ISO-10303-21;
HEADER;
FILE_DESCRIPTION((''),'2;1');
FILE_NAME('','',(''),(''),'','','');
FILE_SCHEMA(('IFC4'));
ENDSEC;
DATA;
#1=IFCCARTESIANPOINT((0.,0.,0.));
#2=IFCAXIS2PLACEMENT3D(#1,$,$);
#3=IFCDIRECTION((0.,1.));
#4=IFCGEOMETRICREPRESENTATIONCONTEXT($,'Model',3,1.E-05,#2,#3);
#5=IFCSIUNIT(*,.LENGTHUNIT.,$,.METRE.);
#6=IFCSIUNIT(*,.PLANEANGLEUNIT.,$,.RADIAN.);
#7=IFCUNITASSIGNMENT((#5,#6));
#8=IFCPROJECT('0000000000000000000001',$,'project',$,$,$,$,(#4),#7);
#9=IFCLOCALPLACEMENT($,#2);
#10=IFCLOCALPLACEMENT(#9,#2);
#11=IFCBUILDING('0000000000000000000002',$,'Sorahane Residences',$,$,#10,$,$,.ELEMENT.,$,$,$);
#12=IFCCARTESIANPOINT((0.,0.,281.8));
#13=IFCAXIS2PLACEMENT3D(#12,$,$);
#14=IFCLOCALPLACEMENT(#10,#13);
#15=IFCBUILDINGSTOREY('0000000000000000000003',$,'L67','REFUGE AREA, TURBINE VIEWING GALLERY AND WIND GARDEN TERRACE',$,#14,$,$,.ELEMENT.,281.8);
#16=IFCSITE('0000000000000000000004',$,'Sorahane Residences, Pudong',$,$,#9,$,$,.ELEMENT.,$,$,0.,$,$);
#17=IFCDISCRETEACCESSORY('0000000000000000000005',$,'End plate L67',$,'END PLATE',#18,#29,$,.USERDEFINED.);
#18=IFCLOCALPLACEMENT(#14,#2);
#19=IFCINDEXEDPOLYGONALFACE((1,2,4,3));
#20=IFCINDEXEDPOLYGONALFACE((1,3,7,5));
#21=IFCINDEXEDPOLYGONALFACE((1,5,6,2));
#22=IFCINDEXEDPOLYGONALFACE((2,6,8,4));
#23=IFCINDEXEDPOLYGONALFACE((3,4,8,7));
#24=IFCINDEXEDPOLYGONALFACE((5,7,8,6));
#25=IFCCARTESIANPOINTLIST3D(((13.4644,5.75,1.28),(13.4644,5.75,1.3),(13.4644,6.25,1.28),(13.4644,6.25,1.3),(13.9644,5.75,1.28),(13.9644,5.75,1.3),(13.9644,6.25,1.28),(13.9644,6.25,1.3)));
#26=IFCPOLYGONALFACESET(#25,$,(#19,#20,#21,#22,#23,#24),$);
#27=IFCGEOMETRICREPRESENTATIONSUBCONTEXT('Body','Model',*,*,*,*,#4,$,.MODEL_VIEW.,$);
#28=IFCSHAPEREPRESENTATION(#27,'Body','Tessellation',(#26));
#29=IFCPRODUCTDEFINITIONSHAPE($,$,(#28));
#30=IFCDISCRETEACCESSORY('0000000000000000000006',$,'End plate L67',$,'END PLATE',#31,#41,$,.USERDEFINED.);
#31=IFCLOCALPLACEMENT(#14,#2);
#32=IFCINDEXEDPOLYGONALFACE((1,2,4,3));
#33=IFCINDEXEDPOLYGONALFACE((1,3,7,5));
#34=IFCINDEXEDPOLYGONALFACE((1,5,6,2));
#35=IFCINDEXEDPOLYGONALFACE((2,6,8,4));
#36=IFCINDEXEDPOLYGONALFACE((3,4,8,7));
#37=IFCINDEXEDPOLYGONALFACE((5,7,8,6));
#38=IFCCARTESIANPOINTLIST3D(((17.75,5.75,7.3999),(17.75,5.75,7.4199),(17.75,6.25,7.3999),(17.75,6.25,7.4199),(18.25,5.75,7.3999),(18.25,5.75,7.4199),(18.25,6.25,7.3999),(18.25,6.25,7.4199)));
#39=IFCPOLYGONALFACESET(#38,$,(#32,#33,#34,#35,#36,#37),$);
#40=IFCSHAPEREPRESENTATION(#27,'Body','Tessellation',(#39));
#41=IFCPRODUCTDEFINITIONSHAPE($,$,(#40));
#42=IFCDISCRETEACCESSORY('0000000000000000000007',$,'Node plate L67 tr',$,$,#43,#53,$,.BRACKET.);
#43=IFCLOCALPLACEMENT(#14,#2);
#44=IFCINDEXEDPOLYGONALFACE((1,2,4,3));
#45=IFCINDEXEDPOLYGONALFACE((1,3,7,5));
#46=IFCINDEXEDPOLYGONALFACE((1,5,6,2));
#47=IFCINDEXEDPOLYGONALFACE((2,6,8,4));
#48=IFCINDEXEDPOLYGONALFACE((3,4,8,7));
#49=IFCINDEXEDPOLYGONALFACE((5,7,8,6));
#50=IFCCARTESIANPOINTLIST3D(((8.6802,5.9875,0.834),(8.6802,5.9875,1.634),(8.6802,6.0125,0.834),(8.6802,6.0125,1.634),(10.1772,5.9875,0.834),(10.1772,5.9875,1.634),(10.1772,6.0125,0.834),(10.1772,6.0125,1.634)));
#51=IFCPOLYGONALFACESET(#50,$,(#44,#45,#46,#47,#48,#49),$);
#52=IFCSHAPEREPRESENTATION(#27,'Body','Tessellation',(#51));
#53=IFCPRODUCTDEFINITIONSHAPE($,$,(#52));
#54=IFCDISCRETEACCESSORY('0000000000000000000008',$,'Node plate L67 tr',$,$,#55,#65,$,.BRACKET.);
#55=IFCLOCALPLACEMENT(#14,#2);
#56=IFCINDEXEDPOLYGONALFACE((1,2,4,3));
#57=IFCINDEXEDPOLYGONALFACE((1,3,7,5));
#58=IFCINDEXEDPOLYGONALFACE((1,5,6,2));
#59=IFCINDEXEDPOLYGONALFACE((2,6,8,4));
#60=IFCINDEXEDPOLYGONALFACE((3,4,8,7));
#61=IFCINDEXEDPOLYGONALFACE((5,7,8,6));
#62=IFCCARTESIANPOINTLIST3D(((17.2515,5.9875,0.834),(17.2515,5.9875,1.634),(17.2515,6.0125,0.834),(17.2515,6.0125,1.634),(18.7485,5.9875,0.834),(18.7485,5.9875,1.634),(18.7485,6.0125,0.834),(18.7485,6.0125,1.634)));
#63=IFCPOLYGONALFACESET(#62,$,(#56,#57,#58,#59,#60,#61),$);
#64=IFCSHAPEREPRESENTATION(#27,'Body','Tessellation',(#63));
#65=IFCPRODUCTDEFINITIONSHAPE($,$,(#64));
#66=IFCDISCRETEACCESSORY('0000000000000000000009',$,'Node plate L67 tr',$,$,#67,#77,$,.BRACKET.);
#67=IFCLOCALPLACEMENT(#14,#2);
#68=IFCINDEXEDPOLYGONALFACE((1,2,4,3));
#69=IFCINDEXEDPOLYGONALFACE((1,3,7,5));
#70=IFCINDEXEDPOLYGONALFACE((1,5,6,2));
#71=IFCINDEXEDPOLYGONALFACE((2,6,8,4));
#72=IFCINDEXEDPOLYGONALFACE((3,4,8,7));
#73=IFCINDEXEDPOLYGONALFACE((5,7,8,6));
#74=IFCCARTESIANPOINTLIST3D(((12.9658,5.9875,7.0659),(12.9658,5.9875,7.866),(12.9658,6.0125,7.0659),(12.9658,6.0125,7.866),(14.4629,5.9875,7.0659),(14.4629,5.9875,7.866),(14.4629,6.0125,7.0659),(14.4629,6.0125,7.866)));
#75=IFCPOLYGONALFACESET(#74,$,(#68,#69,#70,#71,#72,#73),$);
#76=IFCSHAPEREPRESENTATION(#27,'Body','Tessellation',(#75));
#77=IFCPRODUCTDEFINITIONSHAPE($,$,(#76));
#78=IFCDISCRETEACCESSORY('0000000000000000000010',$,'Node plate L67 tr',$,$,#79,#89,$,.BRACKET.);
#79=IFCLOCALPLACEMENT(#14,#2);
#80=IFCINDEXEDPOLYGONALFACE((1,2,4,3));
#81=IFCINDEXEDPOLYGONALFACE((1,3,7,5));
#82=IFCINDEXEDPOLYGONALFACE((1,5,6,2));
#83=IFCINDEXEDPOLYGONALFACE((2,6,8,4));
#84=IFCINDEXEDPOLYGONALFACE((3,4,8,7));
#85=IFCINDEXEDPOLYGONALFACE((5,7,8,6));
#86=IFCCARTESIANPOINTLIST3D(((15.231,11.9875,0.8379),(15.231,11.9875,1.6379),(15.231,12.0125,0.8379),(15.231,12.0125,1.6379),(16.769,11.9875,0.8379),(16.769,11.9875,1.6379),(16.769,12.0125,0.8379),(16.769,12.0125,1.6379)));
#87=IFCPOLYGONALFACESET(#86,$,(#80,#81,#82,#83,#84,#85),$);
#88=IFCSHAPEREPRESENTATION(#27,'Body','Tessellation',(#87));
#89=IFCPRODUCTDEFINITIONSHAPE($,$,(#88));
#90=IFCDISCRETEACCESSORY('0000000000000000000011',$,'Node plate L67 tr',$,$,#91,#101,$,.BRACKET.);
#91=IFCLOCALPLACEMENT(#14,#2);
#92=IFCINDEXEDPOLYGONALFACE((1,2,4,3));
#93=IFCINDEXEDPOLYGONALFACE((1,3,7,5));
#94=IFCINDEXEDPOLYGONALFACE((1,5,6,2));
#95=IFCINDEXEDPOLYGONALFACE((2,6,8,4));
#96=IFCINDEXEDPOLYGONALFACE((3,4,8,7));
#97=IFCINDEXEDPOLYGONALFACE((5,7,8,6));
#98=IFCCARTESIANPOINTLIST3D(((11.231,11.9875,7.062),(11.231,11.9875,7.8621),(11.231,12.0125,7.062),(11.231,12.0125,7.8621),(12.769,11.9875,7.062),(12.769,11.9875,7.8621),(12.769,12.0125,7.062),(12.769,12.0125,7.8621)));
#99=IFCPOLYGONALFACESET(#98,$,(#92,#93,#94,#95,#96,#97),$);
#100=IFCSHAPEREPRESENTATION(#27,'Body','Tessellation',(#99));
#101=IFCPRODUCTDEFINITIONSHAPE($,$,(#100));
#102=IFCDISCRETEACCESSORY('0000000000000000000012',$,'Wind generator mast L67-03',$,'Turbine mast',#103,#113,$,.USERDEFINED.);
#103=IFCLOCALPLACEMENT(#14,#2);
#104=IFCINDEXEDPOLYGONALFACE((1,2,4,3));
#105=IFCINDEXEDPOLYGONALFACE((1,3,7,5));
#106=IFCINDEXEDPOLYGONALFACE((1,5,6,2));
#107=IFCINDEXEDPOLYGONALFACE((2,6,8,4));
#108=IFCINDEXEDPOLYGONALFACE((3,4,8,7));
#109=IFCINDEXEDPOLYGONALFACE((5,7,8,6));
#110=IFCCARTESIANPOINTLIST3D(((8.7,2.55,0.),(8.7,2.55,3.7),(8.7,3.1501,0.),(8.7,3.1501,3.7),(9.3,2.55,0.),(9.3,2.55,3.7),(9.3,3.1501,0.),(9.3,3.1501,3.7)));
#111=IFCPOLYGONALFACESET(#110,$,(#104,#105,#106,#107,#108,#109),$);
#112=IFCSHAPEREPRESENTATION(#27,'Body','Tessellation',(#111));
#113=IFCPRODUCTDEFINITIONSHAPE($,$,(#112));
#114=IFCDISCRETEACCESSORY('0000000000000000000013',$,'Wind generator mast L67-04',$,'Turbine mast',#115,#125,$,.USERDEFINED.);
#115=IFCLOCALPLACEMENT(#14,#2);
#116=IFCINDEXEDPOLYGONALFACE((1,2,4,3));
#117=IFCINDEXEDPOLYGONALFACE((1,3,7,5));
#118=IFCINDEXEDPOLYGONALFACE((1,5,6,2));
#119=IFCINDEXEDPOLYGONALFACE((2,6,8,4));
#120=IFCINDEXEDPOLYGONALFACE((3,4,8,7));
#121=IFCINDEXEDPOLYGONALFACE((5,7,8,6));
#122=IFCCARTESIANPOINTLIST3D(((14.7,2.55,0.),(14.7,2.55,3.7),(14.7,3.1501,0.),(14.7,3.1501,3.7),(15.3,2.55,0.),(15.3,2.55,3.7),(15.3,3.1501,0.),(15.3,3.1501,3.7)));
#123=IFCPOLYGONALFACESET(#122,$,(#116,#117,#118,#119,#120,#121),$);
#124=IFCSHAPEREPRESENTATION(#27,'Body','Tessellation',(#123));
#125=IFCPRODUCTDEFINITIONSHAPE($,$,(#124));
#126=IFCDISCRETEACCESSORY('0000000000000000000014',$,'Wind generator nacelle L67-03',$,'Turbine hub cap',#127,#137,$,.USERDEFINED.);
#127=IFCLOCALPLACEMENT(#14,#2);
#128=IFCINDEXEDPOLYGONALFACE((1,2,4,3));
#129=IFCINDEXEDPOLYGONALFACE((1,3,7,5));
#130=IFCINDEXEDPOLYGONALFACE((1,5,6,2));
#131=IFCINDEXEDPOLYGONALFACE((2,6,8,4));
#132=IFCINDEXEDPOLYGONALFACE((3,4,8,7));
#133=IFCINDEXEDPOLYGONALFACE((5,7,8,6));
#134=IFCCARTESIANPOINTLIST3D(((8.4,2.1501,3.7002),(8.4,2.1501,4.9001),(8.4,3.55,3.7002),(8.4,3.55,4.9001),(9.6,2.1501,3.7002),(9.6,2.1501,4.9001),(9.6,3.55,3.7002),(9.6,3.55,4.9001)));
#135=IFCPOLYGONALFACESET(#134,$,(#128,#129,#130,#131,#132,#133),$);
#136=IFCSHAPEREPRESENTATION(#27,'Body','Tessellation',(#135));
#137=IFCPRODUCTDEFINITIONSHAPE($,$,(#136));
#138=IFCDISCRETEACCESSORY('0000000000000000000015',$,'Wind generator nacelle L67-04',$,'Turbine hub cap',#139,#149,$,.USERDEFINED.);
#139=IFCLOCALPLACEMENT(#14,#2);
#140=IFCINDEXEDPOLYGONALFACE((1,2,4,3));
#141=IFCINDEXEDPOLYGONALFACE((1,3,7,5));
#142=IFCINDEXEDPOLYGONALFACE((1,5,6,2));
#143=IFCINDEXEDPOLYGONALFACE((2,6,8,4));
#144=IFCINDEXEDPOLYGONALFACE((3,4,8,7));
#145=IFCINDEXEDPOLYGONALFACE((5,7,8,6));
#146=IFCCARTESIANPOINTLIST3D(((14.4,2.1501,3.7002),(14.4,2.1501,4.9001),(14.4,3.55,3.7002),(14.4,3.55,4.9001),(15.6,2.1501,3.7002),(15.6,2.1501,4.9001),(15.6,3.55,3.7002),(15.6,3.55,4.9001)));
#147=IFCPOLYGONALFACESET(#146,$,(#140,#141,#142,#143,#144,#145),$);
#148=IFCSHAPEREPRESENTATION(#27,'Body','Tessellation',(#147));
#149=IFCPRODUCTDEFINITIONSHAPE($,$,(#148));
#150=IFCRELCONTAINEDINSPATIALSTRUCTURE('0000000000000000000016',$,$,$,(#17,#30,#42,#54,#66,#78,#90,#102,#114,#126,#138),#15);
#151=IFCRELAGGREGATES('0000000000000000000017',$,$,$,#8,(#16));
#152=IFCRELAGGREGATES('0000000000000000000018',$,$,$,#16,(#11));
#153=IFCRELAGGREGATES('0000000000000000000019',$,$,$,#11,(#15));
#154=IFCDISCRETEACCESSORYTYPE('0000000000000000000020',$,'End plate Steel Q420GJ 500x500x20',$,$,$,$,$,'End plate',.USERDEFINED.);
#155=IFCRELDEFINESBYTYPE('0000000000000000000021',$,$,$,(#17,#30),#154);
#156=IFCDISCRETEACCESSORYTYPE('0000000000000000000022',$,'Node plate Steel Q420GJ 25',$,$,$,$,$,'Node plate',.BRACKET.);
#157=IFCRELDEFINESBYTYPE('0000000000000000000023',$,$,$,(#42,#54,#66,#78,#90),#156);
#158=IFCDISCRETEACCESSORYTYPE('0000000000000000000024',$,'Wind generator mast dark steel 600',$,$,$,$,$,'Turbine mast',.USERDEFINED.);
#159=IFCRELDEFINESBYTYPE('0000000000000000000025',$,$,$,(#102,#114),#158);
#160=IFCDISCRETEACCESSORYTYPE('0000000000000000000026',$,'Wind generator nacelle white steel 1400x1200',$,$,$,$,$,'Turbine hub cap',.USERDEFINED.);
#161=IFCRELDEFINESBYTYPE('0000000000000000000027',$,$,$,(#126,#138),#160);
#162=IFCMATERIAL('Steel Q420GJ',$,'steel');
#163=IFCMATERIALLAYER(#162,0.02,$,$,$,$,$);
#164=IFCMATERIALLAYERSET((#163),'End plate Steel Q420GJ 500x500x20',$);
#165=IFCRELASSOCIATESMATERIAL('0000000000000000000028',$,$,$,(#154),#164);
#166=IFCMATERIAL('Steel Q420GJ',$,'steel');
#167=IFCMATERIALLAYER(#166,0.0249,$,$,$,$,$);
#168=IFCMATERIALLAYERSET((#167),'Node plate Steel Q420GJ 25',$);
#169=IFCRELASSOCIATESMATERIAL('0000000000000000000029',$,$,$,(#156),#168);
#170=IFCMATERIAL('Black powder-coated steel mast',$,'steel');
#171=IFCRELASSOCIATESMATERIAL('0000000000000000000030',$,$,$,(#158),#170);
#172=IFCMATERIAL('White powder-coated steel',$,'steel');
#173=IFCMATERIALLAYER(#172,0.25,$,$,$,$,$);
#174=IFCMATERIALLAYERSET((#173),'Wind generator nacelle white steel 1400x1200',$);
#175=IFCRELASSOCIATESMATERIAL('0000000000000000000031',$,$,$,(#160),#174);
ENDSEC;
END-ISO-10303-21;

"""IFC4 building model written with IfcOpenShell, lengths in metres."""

from ifc_helpers import new_model, si_unit, direction, frame, origin, origin_2d, place, context, subcontext, project, spatial, rectangle, extrude, material, layer, layer_set, type_object, element, save


model = new_model("IFC4")

# Units and contexts
model_context = context("Model", 3, precision=1e-05, world=origin(), true_north=direction((0.0, 1.0)))
body_context = subcontext(model_context, "Body", "Model", "MODEL_VIEW")
ifc_project = project(units=[si_unit("LENGTHUNIT", "METRE"), si_unit("PLANEANGLEUNIT", "RADIAN")], contexts=[model_context])

# Site, building, storey
site_placement = place(None, origin())
site = spatial("IfcSite", under=ifc_project, at=site_placement, Name="Sorahane Residences, Pudong", CompositionType="ELEMENT", RefElevation=0.0)
building_placement = place(site_placement, origin())
building = spatial("IfcBuilding", under=site, at=building_placement, Name="Sorahane Residences", CompositionType="ELEMENT")
storey_placement = place(building_placement, frame((0.0, 0.0, 281.8)))
storey = spatial("IfcBuildingStorey", under=building, at=storey_placement, Name="L67", Description="REFUGE AREA, TURBINE VIEWING GALLERY AND WIND GARDEN TERRACE", CompositionType="ELEMENT", Elevation=281.8)

# Discrete accessories
ifc_material_1 = material(Name="Steel Q420GJ", Category="steel")
ifc_layer_1 = layer(ifc_material_1, 0.02)
ifc_layer_set_1 = layer_set([ifc_layer_1], Name="End plate Steel Q420GJ 500x500x20")
discrete_accessory_type_1 = type_object("IfcDiscreteAccessoryType", Name="End plate Steel Q420GJ 500x500x20", ElementType="End plate", PredefinedType="USERDEFINED", material=ifc_layer_set_1)
for number, where, z_axis, x_axis, name in (
    (1, (13.7144, 6.0, 1.28), (0.0, 0.0, 1.0), (1.0, 0.0, 0.0), "End plate L67"),
    (2, (18.0, 6.0, 7.3999), (0.0, 0.0, 1.0), (1.0, 0.0, 0.0), "End plate L67"),
):
    element("IfcDiscreteAccessory", number, at=place(storey_placement, frame(where, z_axis=z_axis, x_axis=x_axis)), inside=storey, type_object=discrete_accessory_type_1, Name=name, ObjectType="END PLATE", PredefinedType="USERDEFINED", context=body_context, shape_type="SweptSolid", body=[
        extrude(rectangle(XDim=0.5, YDim=0.5, at=origin_2d()), origin(), (0.0, 0.0, 1.0), 0.02),
    ])
ifc_material_2 = material(Name="Steel Q420GJ", Category="steel")
ifc_layer_2 = layer(ifc_material_2, 0.0249)
ifc_layer_set_2 = layer_set([ifc_layer_2], Name="Node plate Steel Q420GJ 25")
discrete_accessory_type_2 = type_object("IfcDiscreteAccessoryType", Name="Node plate Steel Q420GJ 25", ElementType="Node plate", PredefinedType="BRACKET", material=ifc_layer_set_2)
for number, where, z_axis, x_axis, name in (
    (3, (9.4287, 6.0, 0.834), (0.0, 0.0, 1.0), (1.0, 0.0, 0.0), "Node plate L67 tr"),
    (4, (18.0, 6.0, 0.834), (0.0, 0.0, 1.0), (1.0, 0.0, 0.0), "Node plate L67 tr"),
    (5, (13.7144, 6.0, 7.0659), (0.0, 0.0, 1.0), (1.0, 0.0, 0.0), "Node plate L67 tr"),
):
    element("IfcDiscreteAccessory", number, at=place(storey_placement, frame(where, z_axis=z_axis, x_axis=x_axis)), inside=storey, type_object=discrete_accessory_type_2, Name=name, PredefinedType="BRACKET", context=body_context, shape_type="SweptSolid", body=[
        extrude(rectangle(XDim=1.4971, YDim=0.0249, at=origin_2d()), origin(), (0.0, 0.0, 1.0), 0.8),
    ])
for number, where, z_axis, x_axis, name in (
    (6, (16.0, 12.0, 0.8379), (0.0, 0.0, 1.0), (1.0, 0.0, 0.0), "Node plate L67 tr"),
    (7, (12.0, 12.0, 7.062), (0.0, 0.0, 1.0), (1.0, 0.0, 0.0), "Node plate L67 tr"),
):
    element("IfcDiscreteAccessory", number, at=place(storey_placement, frame(where, z_axis=z_axis, x_axis=x_axis)), inside=storey, type_object=discrete_accessory_type_2, Name=name, PredefinedType="BRACKET", context=body_context, shape_type="SweptSolid", body=[
        extrude(rectangle(XDim=1.5381, YDim=0.0249, at=origin_2d()), origin(), (0.0, 0.0, 1.0), 0.8),
    ])
ifc_material_3 = material(Name="Black powder-coated steel mast", Category="steel")
discrete_accessory_type_3 = type_object("IfcDiscreteAccessoryType", Name="Wind generator mast dark steel 600", ElementType="Turbine mast", PredefinedType="USERDEFINED", material=ifc_material_3)
for number, where, z_axis, x_axis, name in (
    (8, (9.0, 2.8501, 0.0), (0.0, 0.0, 1.0), (1.0, 0.0, 0.0), "Wind generator mast L67-03"),
    (9, (15.0, 2.8501, 0.0), (0.0, 0.0, 1.0), (1.0, 0.0, 0.0), "Wind generator mast L67-04"),
):
    element("IfcDiscreteAccessory", number, at=place(storey_placement, frame(where, z_axis=z_axis, x_axis=x_axis)), inside=storey, type_object=discrete_accessory_type_3, Name=name, ObjectType="Turbine mast", PredefinedType="USERDEFINED", context=body_context, shape_type="SweptSolid", body=[
        extrude(rectangle(XDim=0.6001, YDim=0.6001, at=origin_2d()), origin(), (0.0, 0.0, 1.0), 3.7),
    ])
ifc_material_4 = material(Name="White powder-coated steel", Category="steel")
ifc_layer_3 = layer(ifc_material_4, 0.25)
ifc_layer_set_3 = layer_set([ifc_layer_3], Name="Wind generator nacelle white steel 1400x1200")
discrete_accessory_type_4 = type_object("IfcDiscreteAccessoryType", Name="Wind generator nacelle white steel 1400x1200", ElementType="Turbine hub cap", PredefinedType="USERDEFINED", material=ifc_layer_set_3)
for number, where, z_axis, x_axis, name in (
    (10, (9.0, 2.8501, 3.7002), (0.0, 0.0, 1.0), (1.0, 0.0, 0.0), "Wind generator nacelle L67-03"),
    (11, (15.0, 2.8501, 3.7002), (0.0, 0.0, 1.0), (1.0, 0.0, 0.0), "Wind generator nacelle L67-04"),
):
    element("IfcDiscreteAccessory", number, at=place(storey_placement, frame(where, z_axis=z_axis, x_axis=x_axis)), inside=storey, type_object=discrete_accessory_type_4, Name=name, ObjectType="Turbine hub cap", PredefinedType="USERDEFINED", context=body_context, shape_type="SweptSolid", body=[
        extrude(rectangle(XDim=1.2, YDim=1.3999, at=origin_2d()), origin(), (0.0, 0.0, 1.0), 1.2),
    ])

save(model, "model.ifc")
